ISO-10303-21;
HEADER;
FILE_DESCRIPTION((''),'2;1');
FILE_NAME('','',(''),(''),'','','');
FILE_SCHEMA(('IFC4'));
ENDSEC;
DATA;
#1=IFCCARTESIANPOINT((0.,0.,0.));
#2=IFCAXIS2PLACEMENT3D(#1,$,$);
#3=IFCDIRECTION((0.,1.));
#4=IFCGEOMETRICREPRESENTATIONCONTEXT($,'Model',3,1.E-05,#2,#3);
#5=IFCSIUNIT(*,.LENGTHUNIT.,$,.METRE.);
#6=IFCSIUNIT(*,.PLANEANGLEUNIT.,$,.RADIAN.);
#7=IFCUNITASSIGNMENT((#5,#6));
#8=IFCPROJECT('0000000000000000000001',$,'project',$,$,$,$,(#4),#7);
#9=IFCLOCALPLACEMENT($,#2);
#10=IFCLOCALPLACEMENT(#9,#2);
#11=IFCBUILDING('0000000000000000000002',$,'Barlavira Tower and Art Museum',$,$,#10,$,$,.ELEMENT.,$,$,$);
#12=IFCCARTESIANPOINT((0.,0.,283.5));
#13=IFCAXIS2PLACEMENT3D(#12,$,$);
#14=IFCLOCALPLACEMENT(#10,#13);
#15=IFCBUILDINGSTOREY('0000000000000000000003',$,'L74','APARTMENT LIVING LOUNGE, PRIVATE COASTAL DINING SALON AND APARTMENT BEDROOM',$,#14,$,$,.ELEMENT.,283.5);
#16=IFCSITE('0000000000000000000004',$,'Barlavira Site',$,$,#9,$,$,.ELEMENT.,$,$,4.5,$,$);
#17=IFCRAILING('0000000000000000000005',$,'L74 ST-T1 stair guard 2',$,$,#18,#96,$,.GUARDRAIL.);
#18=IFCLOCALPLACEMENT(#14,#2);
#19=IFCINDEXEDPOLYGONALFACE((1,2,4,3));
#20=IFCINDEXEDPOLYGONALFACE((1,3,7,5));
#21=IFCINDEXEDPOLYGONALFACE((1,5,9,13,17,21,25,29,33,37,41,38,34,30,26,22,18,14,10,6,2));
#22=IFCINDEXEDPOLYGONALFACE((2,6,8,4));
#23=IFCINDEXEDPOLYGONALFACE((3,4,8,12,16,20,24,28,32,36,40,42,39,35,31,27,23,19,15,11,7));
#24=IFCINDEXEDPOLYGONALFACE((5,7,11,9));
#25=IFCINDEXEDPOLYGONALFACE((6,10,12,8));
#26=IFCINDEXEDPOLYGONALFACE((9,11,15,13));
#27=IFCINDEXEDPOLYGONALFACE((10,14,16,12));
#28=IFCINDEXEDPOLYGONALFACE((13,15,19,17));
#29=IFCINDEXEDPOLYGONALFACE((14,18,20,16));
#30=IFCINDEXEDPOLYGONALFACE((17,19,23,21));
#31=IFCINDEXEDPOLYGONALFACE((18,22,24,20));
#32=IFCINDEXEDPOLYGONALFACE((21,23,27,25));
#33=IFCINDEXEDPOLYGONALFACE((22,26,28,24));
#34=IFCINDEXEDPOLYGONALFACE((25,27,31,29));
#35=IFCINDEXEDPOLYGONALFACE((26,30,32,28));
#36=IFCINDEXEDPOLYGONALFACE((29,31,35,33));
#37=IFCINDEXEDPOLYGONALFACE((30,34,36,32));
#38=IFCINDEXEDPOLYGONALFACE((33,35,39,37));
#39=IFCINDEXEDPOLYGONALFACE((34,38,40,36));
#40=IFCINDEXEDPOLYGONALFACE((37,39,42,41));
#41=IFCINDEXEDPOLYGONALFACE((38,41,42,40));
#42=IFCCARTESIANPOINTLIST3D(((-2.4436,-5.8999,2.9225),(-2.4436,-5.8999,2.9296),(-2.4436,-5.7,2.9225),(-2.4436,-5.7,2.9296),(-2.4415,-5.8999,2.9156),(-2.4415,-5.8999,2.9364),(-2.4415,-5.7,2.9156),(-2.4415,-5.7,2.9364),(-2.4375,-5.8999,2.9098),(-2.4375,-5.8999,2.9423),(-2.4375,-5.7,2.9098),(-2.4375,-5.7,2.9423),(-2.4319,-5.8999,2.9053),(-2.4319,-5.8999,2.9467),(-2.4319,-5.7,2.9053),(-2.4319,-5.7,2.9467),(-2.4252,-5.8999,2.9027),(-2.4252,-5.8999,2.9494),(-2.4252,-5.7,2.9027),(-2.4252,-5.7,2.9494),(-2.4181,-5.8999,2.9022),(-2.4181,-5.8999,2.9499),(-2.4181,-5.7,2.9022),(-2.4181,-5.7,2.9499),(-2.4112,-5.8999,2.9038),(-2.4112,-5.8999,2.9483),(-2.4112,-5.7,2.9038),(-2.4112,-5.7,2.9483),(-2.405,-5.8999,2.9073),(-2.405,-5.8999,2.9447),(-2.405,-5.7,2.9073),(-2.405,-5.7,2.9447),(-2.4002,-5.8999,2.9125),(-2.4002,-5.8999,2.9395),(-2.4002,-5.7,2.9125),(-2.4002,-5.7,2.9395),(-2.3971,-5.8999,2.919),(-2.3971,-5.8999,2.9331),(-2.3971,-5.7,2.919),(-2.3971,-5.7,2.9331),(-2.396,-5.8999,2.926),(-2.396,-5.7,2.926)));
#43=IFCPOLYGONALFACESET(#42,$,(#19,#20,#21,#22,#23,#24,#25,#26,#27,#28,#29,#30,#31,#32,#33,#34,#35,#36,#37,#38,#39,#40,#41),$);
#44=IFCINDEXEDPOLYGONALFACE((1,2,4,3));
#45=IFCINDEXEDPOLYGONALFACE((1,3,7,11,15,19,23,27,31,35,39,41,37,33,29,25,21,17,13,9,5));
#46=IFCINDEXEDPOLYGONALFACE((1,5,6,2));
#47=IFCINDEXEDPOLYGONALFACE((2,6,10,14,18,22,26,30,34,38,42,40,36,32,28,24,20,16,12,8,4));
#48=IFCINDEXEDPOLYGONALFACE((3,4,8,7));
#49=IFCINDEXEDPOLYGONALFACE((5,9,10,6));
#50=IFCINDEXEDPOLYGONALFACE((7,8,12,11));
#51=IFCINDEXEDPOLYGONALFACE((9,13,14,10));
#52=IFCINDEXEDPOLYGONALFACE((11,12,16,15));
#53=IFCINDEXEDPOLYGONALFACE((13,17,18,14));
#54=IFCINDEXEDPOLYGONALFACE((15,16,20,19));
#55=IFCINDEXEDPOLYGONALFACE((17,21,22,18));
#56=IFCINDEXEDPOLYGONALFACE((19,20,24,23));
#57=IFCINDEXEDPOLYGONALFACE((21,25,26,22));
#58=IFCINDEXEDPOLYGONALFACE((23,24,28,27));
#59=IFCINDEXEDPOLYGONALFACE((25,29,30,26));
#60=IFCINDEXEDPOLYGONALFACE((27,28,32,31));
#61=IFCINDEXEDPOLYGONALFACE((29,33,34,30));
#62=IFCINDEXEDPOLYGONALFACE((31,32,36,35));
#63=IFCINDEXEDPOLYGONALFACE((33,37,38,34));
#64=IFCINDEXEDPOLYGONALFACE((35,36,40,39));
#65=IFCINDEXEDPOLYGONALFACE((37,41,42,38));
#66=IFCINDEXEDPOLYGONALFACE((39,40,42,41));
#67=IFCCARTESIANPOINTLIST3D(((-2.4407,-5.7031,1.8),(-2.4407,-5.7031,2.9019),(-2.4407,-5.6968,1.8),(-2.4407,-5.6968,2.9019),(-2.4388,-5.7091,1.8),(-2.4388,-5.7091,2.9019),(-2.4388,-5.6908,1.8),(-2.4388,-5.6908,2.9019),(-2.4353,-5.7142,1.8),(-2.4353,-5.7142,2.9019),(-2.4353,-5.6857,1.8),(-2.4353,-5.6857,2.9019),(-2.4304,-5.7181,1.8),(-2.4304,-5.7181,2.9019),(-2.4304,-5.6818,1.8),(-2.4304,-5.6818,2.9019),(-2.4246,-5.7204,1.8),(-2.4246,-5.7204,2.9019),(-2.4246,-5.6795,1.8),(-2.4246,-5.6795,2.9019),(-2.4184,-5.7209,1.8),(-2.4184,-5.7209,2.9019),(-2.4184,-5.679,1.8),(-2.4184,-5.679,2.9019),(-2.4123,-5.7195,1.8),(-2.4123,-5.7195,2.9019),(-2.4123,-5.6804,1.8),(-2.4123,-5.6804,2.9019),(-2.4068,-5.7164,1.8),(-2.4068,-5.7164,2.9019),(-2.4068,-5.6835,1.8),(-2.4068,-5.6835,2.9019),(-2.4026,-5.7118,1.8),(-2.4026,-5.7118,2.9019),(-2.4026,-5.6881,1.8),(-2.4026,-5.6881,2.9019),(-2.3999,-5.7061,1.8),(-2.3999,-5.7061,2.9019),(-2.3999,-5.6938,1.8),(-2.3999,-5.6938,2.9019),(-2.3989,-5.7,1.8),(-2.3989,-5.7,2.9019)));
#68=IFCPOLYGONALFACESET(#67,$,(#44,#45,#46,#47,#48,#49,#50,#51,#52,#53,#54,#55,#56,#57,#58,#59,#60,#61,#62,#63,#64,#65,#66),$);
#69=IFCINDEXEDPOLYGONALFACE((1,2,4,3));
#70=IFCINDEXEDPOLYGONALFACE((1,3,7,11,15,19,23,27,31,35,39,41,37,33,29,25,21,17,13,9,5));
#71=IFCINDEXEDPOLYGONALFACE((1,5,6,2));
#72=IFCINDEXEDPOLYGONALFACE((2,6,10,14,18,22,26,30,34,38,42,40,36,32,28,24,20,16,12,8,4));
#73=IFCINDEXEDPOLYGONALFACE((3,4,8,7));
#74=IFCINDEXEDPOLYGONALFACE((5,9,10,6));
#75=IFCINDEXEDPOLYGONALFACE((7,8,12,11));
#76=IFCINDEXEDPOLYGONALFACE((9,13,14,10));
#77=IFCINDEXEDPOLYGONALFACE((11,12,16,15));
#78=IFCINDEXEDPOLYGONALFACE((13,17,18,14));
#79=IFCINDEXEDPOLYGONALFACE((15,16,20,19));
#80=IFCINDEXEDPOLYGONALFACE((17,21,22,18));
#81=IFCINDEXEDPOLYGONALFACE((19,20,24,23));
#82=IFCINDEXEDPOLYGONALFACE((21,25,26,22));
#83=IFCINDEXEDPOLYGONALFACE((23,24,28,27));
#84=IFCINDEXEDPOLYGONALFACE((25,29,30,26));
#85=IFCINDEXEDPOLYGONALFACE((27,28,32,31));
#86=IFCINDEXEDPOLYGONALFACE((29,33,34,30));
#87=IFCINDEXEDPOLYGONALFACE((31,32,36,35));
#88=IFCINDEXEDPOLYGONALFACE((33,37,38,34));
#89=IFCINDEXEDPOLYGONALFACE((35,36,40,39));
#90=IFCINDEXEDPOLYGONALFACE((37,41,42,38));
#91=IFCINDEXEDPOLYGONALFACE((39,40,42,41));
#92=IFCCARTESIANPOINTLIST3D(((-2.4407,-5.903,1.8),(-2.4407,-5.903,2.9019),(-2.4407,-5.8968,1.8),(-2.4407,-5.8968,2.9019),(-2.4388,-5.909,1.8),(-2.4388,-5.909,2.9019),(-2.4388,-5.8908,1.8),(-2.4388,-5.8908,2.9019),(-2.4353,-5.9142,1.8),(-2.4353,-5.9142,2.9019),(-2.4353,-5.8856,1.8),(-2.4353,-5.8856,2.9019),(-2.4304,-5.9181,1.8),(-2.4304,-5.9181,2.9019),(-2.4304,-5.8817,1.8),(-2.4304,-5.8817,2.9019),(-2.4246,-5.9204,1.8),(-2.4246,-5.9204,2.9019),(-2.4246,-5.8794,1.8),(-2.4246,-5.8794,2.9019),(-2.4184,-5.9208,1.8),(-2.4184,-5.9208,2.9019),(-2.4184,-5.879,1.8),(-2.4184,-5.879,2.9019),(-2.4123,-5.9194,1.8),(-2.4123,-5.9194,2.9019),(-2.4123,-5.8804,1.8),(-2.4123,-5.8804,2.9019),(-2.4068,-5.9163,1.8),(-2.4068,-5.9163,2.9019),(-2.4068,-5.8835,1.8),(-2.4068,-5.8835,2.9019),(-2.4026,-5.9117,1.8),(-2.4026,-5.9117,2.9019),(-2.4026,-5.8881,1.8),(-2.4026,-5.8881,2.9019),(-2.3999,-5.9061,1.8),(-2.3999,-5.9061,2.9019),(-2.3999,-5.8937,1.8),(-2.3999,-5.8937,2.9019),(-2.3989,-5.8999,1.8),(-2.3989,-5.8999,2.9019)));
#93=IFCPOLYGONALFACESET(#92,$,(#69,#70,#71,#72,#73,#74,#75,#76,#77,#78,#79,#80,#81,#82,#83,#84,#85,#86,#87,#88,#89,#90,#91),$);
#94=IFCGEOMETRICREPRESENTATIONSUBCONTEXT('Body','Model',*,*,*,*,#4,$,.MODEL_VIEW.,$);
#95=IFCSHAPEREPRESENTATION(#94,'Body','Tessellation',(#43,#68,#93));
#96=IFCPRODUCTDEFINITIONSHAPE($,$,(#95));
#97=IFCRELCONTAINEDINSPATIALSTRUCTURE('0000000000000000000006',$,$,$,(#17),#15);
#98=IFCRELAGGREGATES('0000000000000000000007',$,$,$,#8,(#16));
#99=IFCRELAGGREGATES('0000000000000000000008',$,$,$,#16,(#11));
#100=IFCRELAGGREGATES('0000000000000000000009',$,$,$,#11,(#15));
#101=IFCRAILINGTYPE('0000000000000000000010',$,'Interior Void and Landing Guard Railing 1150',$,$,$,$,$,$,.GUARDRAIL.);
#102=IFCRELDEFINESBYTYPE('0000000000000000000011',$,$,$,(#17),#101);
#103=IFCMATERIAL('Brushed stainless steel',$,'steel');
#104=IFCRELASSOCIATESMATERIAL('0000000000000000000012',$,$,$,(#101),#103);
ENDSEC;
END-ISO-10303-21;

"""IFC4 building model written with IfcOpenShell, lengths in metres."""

from ifc_helpers import new_model, si_unit, direction, frame, origin, origin_2d, place, context, subcontext, project, spatial, circle, extrude, material, type_object, element, save


model = new_model("IFC4")

# Units and contexts
model_context = context("Model", 3, precision=1e-05, world=origin(), true_north=direction((0.0, 1.0)))
body_context = subcontext(model_context, "Body", "Model", "MODEL_VIEW")
ifc_project = project(units=[si_unit("LENGTHUNIT", "METRE"), si_unit("PLANEANGLEUNIT", "RADIAN")], contexts=[model_context])

# Site, building, storey
site_placement = place(None, origin())
site = spatial("IfcSite", under=ifc_project, at=site_placement, Name="Barlavira Site", CompositionType="ELEMENT", RefElevation=4.5)
building_placement = place(site_placement, origin())
building = spatial("IfcBuilding", under=site, at=building_placement, Name="Barlavira Tower and Art Museum", CompositionType="ELEMENT")
storey_placement = place(building_placement, frame((0.0, 0.0, 283.5)))
storey = spatial("IfcBuildingStorey", under=building, at=storey_placement, Name="L74", Description="APARTMENT LIVING LOUNGE, PRIVATE COASTAL DINING SALON AND APARTMENT BEDROOM", CompositionType="ELEMENT", Elevation=283.5)

# Shared definitions
ifc_material_1 = material(Name="Brushed stainless steel", Category="steel")

# Railing
railing_type_1 = type_object("IfcRailingType", Name="Interior Void and Landing Guard Railing 1150", PredefinedType="GUARDRAIL", material=ifc_material_1)
railing_1_placement = place(storey_placement, frame((-2.4199, -5.7, 1.8)))
element("IfcRailing", 1, at=railing_1_placement, inside=storey, type_object=railing_type_1, Name="L74 ST-T1 stair guard 2", PredefinedType="GUARDRAIL", context=body_context, shape_type="SweptSolid", body=[
    extrude(circle(Radius=0.0239, at=origin_2d()), frame((0.0, 0.0, 1.126), z_axis=(0.0, -1.0, 0.0), x_axis=(1.0, 0.0, 0.0)), (0.0, 0.0, 1.0), 0.2),
    extrude(circle(Radius=0.021, at=origin_2d()), origin(), (0.0, 0.0, 1.0), 1.1018),
    extrude(circle(Radius=0.021, at=origin_2d()), frame((0.0, -0.2, 0.0)), (0.0, 0.0, 1.0), 1.1018),
])

save(model, "model.ifc")
